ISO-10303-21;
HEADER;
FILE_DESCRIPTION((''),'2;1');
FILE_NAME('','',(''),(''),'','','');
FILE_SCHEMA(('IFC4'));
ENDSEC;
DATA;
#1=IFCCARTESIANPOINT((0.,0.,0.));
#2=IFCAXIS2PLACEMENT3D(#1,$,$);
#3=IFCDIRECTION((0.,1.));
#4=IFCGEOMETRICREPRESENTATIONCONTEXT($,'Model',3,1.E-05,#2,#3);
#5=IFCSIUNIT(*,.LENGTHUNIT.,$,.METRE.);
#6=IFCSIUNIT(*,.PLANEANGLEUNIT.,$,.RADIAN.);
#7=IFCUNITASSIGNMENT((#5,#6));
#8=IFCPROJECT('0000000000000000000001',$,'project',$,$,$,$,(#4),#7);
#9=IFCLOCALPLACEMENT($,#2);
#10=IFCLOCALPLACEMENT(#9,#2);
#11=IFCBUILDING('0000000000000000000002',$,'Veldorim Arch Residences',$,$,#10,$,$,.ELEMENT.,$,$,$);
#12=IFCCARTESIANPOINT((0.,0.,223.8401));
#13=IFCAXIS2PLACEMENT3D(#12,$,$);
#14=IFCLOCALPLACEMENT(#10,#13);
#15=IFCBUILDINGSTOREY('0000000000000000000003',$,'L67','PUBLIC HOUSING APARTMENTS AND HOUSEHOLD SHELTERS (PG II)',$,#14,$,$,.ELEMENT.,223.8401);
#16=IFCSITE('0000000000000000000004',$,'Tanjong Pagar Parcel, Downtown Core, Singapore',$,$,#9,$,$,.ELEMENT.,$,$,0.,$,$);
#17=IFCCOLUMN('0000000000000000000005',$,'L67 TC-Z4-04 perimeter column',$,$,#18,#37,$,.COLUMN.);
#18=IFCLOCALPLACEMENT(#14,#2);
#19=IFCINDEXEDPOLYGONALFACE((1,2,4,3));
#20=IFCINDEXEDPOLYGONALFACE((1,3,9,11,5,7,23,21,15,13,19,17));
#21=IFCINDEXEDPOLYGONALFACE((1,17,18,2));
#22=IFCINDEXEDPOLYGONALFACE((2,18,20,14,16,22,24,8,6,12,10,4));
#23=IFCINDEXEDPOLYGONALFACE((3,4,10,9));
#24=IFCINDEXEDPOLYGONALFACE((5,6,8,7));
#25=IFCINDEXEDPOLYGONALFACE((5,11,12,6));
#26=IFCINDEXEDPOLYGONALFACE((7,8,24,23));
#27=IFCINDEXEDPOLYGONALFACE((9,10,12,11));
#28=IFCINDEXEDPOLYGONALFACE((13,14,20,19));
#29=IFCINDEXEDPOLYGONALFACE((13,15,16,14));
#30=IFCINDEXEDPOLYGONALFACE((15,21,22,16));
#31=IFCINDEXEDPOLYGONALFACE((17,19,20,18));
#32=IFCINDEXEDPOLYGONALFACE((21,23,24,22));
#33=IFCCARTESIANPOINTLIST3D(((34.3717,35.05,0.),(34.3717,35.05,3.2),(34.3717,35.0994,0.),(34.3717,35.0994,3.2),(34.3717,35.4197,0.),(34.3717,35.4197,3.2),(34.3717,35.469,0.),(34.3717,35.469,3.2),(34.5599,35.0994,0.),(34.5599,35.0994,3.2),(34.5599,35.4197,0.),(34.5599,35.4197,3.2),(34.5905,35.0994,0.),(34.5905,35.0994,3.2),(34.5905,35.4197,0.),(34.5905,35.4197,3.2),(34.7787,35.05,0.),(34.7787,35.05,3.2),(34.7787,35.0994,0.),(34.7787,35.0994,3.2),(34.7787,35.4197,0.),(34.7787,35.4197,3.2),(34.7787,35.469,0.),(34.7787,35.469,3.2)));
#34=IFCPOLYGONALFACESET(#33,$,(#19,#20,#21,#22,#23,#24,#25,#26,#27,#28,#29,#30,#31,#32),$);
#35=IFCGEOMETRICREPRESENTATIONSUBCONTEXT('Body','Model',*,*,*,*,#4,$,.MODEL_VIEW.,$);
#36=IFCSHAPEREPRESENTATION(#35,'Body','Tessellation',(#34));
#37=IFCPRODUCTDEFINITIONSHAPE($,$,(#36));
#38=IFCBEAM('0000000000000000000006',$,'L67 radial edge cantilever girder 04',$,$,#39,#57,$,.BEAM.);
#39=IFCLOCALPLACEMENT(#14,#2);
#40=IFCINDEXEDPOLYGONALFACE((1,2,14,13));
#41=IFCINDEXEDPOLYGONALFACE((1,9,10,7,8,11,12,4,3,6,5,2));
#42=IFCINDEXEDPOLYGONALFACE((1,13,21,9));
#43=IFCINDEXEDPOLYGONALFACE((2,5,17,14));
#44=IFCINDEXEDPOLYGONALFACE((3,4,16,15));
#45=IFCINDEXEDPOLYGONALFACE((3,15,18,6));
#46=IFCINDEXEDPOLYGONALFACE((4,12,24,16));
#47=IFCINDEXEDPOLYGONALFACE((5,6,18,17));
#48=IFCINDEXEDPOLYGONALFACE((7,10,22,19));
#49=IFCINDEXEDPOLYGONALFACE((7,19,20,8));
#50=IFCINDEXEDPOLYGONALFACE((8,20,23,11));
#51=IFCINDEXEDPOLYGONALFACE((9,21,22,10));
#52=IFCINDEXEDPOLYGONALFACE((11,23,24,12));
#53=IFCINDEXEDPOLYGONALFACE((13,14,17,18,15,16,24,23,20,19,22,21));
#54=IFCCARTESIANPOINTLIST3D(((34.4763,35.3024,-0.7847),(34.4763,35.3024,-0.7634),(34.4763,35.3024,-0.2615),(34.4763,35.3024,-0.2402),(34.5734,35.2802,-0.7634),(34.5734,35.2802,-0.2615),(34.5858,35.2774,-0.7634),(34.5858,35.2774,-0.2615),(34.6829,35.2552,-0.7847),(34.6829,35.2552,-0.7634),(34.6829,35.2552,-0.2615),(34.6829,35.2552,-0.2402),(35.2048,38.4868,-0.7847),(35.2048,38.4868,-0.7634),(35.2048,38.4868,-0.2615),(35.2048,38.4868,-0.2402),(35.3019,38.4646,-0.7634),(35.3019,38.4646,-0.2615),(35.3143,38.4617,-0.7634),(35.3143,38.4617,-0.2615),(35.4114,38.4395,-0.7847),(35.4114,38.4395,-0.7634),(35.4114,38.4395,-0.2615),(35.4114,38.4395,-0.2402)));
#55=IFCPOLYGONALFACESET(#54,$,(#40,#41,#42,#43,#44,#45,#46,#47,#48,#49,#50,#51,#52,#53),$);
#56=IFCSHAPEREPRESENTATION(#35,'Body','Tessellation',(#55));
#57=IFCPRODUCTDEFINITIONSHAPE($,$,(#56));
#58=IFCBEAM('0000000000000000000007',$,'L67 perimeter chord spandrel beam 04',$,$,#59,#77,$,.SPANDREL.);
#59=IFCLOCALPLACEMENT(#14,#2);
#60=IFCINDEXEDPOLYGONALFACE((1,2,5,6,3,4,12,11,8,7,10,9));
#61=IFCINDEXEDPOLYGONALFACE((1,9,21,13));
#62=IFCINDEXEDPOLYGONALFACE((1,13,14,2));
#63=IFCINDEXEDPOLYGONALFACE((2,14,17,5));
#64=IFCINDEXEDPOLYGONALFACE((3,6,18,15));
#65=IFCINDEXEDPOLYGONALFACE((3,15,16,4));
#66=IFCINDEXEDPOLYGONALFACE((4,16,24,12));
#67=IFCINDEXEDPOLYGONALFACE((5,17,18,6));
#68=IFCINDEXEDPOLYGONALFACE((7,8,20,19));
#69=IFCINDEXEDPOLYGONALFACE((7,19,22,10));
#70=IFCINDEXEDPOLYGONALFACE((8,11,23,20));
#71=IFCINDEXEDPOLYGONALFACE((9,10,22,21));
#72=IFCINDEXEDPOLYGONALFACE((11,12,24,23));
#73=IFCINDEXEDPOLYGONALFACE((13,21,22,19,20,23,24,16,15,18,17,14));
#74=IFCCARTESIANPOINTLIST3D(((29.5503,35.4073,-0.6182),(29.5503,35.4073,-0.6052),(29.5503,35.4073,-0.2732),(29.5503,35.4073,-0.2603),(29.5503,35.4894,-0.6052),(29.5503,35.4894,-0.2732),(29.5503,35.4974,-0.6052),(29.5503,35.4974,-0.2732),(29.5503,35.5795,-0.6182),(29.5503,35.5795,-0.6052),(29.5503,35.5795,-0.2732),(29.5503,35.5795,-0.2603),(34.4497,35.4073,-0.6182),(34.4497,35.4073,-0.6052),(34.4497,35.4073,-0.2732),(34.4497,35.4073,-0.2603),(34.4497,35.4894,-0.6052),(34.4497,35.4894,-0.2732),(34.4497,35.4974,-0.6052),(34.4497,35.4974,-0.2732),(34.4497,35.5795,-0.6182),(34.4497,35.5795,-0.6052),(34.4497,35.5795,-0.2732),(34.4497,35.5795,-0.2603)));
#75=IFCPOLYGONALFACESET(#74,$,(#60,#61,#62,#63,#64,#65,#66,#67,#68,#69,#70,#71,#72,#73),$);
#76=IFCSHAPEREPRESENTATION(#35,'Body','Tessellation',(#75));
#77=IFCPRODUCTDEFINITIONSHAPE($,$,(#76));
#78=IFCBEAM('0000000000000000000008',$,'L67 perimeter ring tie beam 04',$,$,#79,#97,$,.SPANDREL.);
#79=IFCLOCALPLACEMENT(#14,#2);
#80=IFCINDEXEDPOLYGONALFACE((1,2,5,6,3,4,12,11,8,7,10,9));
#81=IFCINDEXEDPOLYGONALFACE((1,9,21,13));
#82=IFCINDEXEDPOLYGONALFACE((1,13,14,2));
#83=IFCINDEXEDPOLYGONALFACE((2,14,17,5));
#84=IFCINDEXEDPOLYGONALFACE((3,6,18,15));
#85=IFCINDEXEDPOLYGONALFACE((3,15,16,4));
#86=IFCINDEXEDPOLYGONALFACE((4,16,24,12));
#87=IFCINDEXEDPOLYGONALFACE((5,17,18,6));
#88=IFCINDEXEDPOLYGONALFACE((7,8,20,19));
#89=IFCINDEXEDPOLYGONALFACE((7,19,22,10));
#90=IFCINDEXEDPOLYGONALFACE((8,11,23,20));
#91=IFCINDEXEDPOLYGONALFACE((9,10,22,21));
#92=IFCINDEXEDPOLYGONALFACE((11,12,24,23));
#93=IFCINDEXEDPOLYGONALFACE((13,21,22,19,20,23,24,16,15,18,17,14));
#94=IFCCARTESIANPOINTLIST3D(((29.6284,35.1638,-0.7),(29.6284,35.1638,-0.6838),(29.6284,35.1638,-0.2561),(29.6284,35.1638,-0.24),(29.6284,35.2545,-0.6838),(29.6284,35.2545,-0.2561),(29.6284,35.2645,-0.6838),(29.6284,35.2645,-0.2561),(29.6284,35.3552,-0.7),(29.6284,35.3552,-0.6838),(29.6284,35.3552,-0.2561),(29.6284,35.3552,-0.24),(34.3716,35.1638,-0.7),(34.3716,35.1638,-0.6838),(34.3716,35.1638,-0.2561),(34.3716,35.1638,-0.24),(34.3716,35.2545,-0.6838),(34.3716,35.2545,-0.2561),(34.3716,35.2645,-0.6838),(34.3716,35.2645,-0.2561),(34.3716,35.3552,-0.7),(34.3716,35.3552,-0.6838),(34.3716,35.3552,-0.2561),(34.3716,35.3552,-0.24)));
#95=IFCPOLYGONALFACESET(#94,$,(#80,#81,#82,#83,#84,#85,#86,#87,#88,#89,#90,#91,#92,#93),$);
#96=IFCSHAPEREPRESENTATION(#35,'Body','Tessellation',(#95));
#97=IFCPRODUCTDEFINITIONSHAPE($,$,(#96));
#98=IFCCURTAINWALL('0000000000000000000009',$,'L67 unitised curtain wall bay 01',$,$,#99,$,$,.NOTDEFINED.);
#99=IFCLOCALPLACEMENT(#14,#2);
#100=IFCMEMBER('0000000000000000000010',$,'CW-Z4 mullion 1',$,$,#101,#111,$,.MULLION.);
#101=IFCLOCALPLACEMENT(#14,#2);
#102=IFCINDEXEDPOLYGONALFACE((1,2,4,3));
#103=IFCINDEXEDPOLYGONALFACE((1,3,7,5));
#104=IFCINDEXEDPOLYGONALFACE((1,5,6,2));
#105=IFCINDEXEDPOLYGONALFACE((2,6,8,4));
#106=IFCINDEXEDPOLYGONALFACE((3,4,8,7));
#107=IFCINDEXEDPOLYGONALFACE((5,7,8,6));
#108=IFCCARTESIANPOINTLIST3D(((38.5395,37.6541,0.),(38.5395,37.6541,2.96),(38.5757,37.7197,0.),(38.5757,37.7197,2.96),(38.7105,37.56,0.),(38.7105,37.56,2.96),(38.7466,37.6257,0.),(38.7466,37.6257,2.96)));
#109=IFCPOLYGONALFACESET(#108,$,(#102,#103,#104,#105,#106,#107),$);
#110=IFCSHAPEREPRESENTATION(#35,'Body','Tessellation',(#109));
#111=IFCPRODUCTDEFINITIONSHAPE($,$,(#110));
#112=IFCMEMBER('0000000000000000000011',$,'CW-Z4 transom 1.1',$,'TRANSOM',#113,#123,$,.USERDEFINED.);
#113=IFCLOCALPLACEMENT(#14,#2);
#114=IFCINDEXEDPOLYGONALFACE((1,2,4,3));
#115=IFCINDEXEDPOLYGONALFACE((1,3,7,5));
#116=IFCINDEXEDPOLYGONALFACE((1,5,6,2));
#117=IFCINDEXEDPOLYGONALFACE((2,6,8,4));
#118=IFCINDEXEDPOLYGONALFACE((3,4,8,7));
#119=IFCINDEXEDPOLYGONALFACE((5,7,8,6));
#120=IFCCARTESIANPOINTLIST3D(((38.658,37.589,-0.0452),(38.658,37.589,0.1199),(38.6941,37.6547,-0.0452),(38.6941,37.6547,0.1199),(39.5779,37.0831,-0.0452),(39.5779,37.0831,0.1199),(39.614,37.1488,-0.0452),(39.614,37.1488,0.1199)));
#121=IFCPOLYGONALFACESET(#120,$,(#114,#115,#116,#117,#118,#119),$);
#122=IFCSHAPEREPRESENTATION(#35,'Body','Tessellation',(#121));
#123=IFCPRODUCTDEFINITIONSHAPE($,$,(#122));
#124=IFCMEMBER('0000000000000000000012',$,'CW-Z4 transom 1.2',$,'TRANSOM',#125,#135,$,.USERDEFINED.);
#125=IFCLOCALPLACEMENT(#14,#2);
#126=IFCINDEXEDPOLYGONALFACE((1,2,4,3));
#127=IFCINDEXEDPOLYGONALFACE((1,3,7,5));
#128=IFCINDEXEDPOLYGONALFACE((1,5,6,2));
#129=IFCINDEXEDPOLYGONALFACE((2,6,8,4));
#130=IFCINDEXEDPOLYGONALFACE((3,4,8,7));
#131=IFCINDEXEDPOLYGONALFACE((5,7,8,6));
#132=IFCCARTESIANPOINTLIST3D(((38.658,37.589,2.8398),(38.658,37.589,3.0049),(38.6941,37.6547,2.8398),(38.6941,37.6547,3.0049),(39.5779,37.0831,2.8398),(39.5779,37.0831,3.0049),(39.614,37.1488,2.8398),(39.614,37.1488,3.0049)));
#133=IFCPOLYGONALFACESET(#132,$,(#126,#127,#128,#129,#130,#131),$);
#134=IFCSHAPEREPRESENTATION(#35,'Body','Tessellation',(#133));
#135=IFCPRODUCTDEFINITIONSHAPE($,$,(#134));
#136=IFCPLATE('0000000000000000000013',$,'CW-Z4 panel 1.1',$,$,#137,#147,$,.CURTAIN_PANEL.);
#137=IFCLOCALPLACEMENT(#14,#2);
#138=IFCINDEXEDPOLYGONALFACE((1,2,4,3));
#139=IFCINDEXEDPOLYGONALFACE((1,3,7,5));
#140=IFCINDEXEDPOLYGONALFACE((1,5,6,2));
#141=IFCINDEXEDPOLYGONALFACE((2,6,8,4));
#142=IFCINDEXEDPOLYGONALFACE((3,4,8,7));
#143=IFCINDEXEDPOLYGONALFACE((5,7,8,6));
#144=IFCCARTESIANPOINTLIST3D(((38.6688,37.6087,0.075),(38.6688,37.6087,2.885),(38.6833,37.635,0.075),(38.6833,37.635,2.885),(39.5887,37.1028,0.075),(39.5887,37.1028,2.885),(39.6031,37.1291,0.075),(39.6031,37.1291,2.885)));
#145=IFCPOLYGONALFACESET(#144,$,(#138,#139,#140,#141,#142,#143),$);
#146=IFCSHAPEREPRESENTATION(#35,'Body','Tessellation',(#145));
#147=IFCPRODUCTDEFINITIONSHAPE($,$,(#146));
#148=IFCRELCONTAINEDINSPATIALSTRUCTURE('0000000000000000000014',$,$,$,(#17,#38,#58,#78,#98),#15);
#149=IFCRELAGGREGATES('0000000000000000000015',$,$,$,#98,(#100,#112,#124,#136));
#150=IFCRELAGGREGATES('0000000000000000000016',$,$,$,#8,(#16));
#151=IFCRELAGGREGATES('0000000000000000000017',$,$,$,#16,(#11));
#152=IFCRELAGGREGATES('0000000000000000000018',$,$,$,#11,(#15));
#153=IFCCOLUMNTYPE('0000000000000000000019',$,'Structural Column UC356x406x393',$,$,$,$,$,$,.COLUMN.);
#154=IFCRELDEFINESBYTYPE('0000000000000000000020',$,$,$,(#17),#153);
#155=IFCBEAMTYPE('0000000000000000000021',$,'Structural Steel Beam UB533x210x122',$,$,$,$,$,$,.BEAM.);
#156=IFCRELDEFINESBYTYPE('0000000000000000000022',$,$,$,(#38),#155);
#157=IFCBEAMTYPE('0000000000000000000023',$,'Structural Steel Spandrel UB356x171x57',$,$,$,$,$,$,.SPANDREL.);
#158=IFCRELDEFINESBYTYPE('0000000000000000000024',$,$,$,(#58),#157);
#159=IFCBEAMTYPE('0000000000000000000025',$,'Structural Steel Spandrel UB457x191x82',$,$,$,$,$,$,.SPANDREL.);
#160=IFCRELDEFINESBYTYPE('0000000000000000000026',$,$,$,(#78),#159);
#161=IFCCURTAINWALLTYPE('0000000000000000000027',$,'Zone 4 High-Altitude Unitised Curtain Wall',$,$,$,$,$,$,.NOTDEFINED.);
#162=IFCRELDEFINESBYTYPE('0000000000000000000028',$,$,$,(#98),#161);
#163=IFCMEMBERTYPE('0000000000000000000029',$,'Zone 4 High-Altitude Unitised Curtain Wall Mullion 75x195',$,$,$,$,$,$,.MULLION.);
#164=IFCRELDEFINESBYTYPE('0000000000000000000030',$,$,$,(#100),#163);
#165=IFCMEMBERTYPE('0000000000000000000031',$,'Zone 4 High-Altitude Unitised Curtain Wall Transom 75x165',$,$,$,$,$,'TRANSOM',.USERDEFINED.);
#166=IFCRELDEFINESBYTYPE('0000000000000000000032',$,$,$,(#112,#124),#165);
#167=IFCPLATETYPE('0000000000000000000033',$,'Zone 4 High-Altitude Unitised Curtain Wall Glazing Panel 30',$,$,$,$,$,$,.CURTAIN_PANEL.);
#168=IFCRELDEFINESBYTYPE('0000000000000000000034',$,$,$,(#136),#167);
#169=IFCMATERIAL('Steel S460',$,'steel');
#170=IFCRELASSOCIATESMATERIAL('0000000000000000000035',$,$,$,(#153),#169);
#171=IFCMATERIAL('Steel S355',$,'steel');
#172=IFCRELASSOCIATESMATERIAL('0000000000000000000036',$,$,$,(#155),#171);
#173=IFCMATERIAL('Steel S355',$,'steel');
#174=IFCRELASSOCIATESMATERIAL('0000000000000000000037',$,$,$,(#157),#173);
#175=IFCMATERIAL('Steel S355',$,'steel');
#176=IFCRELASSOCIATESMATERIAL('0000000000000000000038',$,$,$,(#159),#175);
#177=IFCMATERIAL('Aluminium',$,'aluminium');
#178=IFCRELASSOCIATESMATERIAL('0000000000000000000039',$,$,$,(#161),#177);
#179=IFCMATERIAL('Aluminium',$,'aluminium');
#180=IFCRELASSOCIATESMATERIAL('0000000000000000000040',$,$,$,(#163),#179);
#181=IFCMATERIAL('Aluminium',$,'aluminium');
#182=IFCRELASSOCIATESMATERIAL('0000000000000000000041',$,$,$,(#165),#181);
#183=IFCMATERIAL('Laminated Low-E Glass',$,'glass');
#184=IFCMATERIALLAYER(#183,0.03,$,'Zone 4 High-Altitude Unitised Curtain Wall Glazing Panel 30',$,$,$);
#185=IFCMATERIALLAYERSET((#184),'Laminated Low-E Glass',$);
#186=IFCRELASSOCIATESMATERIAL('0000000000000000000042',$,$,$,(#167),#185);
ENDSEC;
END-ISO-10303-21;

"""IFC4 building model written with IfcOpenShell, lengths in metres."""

from ifc_helpers import new_model, si_unit, direction, frame, origin, origin_2d, place, context, subcontext, project, spatial, rectangle, i_section, extrude, material, layer, layer_set, material_profile, profile_set, type_object, element, aggregate, save


model = new_model("IFC4")

# Units and contexts
model_context = context("Model", 3, precision=1e-05, world=origin(), true_north=direction((0.0, 1.0)))
body_context = subcontext(model_context, "Body", "Model", "MODEL_VIEW")
ifc_project = project(units=[si_unit("LENGTHUNIT", "METRE"), si_unit("PLANEANGLEUNIT", "RADIAN")], contexts=[model_context])

# Site, building, storey
site_placement = place(None, origin())
site = spatial("IfcSite", under=ifc_project, at=site_placement, Name="Tanjong Pagar Parcel, Downtown Core, Singapore", CompositionType="ELEMENT", RefElevation=0.0)
building_placement = place(site_placement, origin())
building = spatial("IfcBuilding", under=site, at=building_placement, Name="Veldorim Arch Residences", CompositionType="ELEMENT")
storey_placement = place(building_placement, frame((0.0, 0.0, 223.8401)))
storey = spatial("IfcBuildingStorey", under=building, at=storey_placement, Name="L67", Description="PUBLIC HOUSING APARTMENTS AND HOUSEHOLD SHELTERS (PG II)", CompositionType="ELEMENT", Elevation=223.8401)

# Column
ifc_material_1 = material(Name="Steel S460", Category="steel")
ifc_material_profile_1 = material_profile(ifc_material_1, i_section(OverallWidth=0.407, OverallDepth=0.4189, WebThickness=0.0305, FlangeThickness=0.0493, at=origin_2d()), Name="UC356x406x393")
ifc_profile_set_1 = profile_set([ifc_material_profile_1], Name="Steel S460")
column_type = type_object("IfcColumnType", Name="Structural Column UC356x406x393", PredefinedType="COLUMN", material=ifc_profile_set_1)
column_placement = place(storey_placement, frame((34.5752, 35.2595, 0.0), z_axis=(0.0, 0.0, 1.0), x_axis=(1.0, 0.0, 0.0)))
element("IfcColumn", 1, at=column_placement, inside=storey, type_object=column_type, Name="L67 TC-Z4-04 perimeter column", PredefinedType="COLUMN", context=body_context, shape_type="SweptSolid", body=[
    extrude(i_section(OverallWidth=0.407, OverallDepth=0.4189, WebThickness=0.0305, FlangeThickness=0.0493, at=origin_2d()), origin(), (0.0, 0.0, 1.0), 3.2),
])

# Beams
ifc_material_2 = material(Name="Steel S355", Category="steel")
ifc_material_profile_2 = material_profile(ifc_material_2, i_section(OverallWidth=0.2119, OverallDepth=0.5444, WebThickness=0.0127, FlangeThickness=0.0212, at=origin_2d()), Name="UB533x210x122")
ifc_profile_set_2 = profile_set([ifc_material_profile_2], Name="Steel S355")
beam_type_1 = type_object("IfcBeamType", Name="Structural Steel Beam UB533x210x122", PredefinedType="BEAM", material=ifc_profile_set_2)
beam_1_placement = place(storey_placement, frame((34.5796, 35.2788, -0.5125), z_axis=(0.22302, 0.974814, 0.0), x_axis=(-0.974814, 0.22302, 0.0)))
element("IfcBeam", 2, at=beam_1_placement, inside=storey, type_object=beam_type_1, Name="L67 radial edge cantilever girder 04", PredefinedType="BEAM", context=body_context, shape_type="SweptSolid", body=[
    extrude(i_section(OverallWidth=0.2119, OverallDepth=0.5444, WebThickness=0.0127, FlangeThickness=0.0212, at=origin_2d()), origin(), (0.0, 0.0, 1.0), 3.2666),
])
ifc_material_3 = material(Name="Steel S355", Category="steel")
ifc_material_profile_3 = material_profile(ifc_material_3, i_section(OverallWidth=0.1721, OverallDepth=0.3579, WebThickness=0.0081, FlangeThickness=0.0129, at=origin_2d()), Name="UB356x171x57")
ifc_profile_set_3 = profile_set([ifc_material_profile_3], Name="Steel S355")
beam_type_2 = type_object("IfcBeamType", Name="Structural Steel Spandrel UB356x171x57", PredefinedType="SPANDREL", material=ifc_profile_set_3)
beam_2_placement = place(storey_placement, frame((34.4497, 35.4934, -0.4392), z_axis=(-1.0, 0.0, 0.0), x_axis=(0.0, -1.0, 0.0)))
element("IfcBeam", 3, at=beam_2_placement, inside=storey, type_object=beam_type_2, Name="L67 perimeter chord spandrel beam 04", PredefinedType="SPANDREL", context=body_context, shape_type="SweptSolid", body=[
    extrude(i_section(OverallWidth=0.1721, OverallDepth=0.3579, WebThickness=0.0081, FlangeThickness=0.0129, at=origin_2d()), origin(), (0.0, 0.0, 1.0), 4.8994),
])
ifc_material_4 = material(Name="Steel S355", Category="steel")
ifc_material_profile_4 = material_profile(ifc_material_4, i_section(OverallWidth=0.1914, OverallDepth=0.46, WebThickness=0.01, FlangeThickness=0.0161, at=origin_2d()), Name="UB457x191x82")
ifc_profile_set_4 = profile_set([ifc_material_profile_4], Name="Steel S355")
beam_type_3 = type_object("IfcBeamType", Name="Structural Steel Spandrel UB457x191x82", PredefinedType="SPANDREL", material=ifc_profile_set_4)
beam_3_placement = place(storey_placement, frame((34.3716, 35.2595, -0.47), z_axis=(-1.0, 0.0, 0.0), x_axis=(0.0, -1.0, 0.0)))
element("IfcBeam", 4, at=beam_3_placement, inside=storey, type_object=beam_type_3, Name="L67 perimeter ring tie beam 04", PredefinedType="SPANDREL", context=body_context, shape_type="SweptSolid", body=[
    extrude(i_section(OverallWidth=0.1914, OverallDepth=0.46, WebThickness=0.01, FlangeThickness=0.0161, at=origin_2d()), origin(), (0.0, 0.0, 1.0), 4.7432),
])

# Curtain wall, members, plate
ifc_material_5 = material(Name="Aluminium", Category="aluminium")
curtain_wall_type = type_object("IfcCurtainWallType", Name="Zone 4 High-Altitude Unitised Curtain Wall", PredefinedType="NOTDEFINED", material=ifc_material_5)
curtain_wall_placement = place(storey_placement, origin())
curtain_wall = element("IfcCurtainWall", 5, at=curtain_wall_placement, inside=storey, type_object=curtain_wall_type, Name="L67 unitised curtain wall bay 01", PredefinedType="NOTDEFINED")
ifc_material_6 = material(Name="Aluminium", Category="aluminium")
ifc_material_profile_5 = material_profile(ifc_material_6, rectangle(XDim=0.075, YDim=0.1951, at=origin_2d()), Name="ALU_MUL_75x195")
ifc_profile_set_5 = profile_set([ifc_material_profile_5], Name="Aluminium")
member_type_1 = type_object("IfcMemberType", Name="Zone 4 High-Altitude Unitised Curtain Wall Mullion 75x195", PredefinedType="MULLION", material=ifc_profile_set_5)
member_1_placement = place(storey_placement, frame((38.6431, 37.6399, 0.0), z_axis=(0.0, 0.0, 1.0), x_axis=(0.481953, 0.876197, 0.0)))
member_1 = element("IfcMember", 6, at=member_1_placement, type_object=member_type_1, Name="CW-Z4 mullion 1", PredefinedType="MULLION", context=body_context, shape_type="SweptSolid", body=[
    extrude(rectangle(XDim=0.075, YDim=0.1951, at=origin_2d()), origin(), (0.0, 0.0, 1.0), 2.96),
])
ifc_material_7 = material(Name="Aluminium", Category="aluminium")
ifc_material_profile_6 = material_profile(ifc_material_7, rectangle(XDim=0.075, YDim=0.165, at=origin_2d()), Name="ALU_TRN_75x165")
ifc_profile_set_6 = profile_set([ifc_material_profile_6], Name="Aluminium")
member_type_2 = type_object("IfcMemberType", Name="Zone 4 High-Altitude Unitised Curtain Wall Transom 75x165", ElementType="TRANSOM", PredefinedType="USERDEFINED", material=ifc_profile_set_6)
member_2_placement = place(storey_placement, frame((38.676, 37.6218, 0.0374), z_axis=(0.876255, -0.481847, 0.0), x_axis=(0.481847, 0.876255, 0.0)))
member_2 = element("IfcMember", 7, at=member_2_placement, type_object=member_type_2, Name="CW-Z4 transom 1.1", ObjectType="TRANSOM", PredefinedType="USERDEFINED", context=body_context, shape_type="SweptSolid", body=[
    extrude(rectangle(XDim=0.075, YDim=0.165, at=origin_2d()), origin(), (0.0, 0.0, 1.0), 1.0498),
])
member_3_placement = place(storey_placement, frame((38.676, 37.6218, 2.9224), z_axis=(0.876255, -0.481847, 0.0), x_axis=(0.481847, 0.876255, 0.0)))
member_3 = element("IfcMember", 8, at=member_3_placement, type_object=member_type_2, Name="CW-Z4 transom 1.2", ObjectType="TRANSOM", PredefinedType="USERDEFINED", context=body_context, shape_type="SweptSolid", body=[
    extrude(rectangle(XDim=0.075, YDim=0.165, at=origin_2d()), origin(), (0.0, 0.0, 1.0), 1.0498),
])
ifc_material_8 = material(Name="Laminated Low-E Glass", Category="glass")
ifc_layer_1 = layer(ifc_material_8, 0.03, Name="Zone 4 High-Altitude Unitised Curtain Wall Glazing Panel 30")
ifc_layer_set_1 = layer_set([ifc_layer_1], Name="Laminated Low-E Glass")
plate_type = type_object("IfcPlateType", Name="Zone 4 High-Altitude Unitised Curtain Wall Glazing Panel 30", PredefinedType="CURTAIN_PANEL", material=ifc_layer_set_1)
plate_placement = place(storey_placement, frame((39.136, 37.3689, 0.075), z_axis=(0.0, 0.0, 1.0), x_axis=(0.876197, -0.481953, 0.0)))
plate = element("IfcPlate", 9, at=plate_placement, type_object=plate_type, Name="CW-Z4 panel 1.1", PredefinedType="CURTAIN_PANEL", context=body_context, shape_type="SweptSolid", body=[
    extrude(rectangle(XDim=1.0498, YDim=0.03, at=origin_2d()), origin(), (0.0, 0.0, 1.0), 2.8101),
])
aggregate(curtain_wall, [member_1, member_2, member_3, plate])

save(model, "model.ifc")
